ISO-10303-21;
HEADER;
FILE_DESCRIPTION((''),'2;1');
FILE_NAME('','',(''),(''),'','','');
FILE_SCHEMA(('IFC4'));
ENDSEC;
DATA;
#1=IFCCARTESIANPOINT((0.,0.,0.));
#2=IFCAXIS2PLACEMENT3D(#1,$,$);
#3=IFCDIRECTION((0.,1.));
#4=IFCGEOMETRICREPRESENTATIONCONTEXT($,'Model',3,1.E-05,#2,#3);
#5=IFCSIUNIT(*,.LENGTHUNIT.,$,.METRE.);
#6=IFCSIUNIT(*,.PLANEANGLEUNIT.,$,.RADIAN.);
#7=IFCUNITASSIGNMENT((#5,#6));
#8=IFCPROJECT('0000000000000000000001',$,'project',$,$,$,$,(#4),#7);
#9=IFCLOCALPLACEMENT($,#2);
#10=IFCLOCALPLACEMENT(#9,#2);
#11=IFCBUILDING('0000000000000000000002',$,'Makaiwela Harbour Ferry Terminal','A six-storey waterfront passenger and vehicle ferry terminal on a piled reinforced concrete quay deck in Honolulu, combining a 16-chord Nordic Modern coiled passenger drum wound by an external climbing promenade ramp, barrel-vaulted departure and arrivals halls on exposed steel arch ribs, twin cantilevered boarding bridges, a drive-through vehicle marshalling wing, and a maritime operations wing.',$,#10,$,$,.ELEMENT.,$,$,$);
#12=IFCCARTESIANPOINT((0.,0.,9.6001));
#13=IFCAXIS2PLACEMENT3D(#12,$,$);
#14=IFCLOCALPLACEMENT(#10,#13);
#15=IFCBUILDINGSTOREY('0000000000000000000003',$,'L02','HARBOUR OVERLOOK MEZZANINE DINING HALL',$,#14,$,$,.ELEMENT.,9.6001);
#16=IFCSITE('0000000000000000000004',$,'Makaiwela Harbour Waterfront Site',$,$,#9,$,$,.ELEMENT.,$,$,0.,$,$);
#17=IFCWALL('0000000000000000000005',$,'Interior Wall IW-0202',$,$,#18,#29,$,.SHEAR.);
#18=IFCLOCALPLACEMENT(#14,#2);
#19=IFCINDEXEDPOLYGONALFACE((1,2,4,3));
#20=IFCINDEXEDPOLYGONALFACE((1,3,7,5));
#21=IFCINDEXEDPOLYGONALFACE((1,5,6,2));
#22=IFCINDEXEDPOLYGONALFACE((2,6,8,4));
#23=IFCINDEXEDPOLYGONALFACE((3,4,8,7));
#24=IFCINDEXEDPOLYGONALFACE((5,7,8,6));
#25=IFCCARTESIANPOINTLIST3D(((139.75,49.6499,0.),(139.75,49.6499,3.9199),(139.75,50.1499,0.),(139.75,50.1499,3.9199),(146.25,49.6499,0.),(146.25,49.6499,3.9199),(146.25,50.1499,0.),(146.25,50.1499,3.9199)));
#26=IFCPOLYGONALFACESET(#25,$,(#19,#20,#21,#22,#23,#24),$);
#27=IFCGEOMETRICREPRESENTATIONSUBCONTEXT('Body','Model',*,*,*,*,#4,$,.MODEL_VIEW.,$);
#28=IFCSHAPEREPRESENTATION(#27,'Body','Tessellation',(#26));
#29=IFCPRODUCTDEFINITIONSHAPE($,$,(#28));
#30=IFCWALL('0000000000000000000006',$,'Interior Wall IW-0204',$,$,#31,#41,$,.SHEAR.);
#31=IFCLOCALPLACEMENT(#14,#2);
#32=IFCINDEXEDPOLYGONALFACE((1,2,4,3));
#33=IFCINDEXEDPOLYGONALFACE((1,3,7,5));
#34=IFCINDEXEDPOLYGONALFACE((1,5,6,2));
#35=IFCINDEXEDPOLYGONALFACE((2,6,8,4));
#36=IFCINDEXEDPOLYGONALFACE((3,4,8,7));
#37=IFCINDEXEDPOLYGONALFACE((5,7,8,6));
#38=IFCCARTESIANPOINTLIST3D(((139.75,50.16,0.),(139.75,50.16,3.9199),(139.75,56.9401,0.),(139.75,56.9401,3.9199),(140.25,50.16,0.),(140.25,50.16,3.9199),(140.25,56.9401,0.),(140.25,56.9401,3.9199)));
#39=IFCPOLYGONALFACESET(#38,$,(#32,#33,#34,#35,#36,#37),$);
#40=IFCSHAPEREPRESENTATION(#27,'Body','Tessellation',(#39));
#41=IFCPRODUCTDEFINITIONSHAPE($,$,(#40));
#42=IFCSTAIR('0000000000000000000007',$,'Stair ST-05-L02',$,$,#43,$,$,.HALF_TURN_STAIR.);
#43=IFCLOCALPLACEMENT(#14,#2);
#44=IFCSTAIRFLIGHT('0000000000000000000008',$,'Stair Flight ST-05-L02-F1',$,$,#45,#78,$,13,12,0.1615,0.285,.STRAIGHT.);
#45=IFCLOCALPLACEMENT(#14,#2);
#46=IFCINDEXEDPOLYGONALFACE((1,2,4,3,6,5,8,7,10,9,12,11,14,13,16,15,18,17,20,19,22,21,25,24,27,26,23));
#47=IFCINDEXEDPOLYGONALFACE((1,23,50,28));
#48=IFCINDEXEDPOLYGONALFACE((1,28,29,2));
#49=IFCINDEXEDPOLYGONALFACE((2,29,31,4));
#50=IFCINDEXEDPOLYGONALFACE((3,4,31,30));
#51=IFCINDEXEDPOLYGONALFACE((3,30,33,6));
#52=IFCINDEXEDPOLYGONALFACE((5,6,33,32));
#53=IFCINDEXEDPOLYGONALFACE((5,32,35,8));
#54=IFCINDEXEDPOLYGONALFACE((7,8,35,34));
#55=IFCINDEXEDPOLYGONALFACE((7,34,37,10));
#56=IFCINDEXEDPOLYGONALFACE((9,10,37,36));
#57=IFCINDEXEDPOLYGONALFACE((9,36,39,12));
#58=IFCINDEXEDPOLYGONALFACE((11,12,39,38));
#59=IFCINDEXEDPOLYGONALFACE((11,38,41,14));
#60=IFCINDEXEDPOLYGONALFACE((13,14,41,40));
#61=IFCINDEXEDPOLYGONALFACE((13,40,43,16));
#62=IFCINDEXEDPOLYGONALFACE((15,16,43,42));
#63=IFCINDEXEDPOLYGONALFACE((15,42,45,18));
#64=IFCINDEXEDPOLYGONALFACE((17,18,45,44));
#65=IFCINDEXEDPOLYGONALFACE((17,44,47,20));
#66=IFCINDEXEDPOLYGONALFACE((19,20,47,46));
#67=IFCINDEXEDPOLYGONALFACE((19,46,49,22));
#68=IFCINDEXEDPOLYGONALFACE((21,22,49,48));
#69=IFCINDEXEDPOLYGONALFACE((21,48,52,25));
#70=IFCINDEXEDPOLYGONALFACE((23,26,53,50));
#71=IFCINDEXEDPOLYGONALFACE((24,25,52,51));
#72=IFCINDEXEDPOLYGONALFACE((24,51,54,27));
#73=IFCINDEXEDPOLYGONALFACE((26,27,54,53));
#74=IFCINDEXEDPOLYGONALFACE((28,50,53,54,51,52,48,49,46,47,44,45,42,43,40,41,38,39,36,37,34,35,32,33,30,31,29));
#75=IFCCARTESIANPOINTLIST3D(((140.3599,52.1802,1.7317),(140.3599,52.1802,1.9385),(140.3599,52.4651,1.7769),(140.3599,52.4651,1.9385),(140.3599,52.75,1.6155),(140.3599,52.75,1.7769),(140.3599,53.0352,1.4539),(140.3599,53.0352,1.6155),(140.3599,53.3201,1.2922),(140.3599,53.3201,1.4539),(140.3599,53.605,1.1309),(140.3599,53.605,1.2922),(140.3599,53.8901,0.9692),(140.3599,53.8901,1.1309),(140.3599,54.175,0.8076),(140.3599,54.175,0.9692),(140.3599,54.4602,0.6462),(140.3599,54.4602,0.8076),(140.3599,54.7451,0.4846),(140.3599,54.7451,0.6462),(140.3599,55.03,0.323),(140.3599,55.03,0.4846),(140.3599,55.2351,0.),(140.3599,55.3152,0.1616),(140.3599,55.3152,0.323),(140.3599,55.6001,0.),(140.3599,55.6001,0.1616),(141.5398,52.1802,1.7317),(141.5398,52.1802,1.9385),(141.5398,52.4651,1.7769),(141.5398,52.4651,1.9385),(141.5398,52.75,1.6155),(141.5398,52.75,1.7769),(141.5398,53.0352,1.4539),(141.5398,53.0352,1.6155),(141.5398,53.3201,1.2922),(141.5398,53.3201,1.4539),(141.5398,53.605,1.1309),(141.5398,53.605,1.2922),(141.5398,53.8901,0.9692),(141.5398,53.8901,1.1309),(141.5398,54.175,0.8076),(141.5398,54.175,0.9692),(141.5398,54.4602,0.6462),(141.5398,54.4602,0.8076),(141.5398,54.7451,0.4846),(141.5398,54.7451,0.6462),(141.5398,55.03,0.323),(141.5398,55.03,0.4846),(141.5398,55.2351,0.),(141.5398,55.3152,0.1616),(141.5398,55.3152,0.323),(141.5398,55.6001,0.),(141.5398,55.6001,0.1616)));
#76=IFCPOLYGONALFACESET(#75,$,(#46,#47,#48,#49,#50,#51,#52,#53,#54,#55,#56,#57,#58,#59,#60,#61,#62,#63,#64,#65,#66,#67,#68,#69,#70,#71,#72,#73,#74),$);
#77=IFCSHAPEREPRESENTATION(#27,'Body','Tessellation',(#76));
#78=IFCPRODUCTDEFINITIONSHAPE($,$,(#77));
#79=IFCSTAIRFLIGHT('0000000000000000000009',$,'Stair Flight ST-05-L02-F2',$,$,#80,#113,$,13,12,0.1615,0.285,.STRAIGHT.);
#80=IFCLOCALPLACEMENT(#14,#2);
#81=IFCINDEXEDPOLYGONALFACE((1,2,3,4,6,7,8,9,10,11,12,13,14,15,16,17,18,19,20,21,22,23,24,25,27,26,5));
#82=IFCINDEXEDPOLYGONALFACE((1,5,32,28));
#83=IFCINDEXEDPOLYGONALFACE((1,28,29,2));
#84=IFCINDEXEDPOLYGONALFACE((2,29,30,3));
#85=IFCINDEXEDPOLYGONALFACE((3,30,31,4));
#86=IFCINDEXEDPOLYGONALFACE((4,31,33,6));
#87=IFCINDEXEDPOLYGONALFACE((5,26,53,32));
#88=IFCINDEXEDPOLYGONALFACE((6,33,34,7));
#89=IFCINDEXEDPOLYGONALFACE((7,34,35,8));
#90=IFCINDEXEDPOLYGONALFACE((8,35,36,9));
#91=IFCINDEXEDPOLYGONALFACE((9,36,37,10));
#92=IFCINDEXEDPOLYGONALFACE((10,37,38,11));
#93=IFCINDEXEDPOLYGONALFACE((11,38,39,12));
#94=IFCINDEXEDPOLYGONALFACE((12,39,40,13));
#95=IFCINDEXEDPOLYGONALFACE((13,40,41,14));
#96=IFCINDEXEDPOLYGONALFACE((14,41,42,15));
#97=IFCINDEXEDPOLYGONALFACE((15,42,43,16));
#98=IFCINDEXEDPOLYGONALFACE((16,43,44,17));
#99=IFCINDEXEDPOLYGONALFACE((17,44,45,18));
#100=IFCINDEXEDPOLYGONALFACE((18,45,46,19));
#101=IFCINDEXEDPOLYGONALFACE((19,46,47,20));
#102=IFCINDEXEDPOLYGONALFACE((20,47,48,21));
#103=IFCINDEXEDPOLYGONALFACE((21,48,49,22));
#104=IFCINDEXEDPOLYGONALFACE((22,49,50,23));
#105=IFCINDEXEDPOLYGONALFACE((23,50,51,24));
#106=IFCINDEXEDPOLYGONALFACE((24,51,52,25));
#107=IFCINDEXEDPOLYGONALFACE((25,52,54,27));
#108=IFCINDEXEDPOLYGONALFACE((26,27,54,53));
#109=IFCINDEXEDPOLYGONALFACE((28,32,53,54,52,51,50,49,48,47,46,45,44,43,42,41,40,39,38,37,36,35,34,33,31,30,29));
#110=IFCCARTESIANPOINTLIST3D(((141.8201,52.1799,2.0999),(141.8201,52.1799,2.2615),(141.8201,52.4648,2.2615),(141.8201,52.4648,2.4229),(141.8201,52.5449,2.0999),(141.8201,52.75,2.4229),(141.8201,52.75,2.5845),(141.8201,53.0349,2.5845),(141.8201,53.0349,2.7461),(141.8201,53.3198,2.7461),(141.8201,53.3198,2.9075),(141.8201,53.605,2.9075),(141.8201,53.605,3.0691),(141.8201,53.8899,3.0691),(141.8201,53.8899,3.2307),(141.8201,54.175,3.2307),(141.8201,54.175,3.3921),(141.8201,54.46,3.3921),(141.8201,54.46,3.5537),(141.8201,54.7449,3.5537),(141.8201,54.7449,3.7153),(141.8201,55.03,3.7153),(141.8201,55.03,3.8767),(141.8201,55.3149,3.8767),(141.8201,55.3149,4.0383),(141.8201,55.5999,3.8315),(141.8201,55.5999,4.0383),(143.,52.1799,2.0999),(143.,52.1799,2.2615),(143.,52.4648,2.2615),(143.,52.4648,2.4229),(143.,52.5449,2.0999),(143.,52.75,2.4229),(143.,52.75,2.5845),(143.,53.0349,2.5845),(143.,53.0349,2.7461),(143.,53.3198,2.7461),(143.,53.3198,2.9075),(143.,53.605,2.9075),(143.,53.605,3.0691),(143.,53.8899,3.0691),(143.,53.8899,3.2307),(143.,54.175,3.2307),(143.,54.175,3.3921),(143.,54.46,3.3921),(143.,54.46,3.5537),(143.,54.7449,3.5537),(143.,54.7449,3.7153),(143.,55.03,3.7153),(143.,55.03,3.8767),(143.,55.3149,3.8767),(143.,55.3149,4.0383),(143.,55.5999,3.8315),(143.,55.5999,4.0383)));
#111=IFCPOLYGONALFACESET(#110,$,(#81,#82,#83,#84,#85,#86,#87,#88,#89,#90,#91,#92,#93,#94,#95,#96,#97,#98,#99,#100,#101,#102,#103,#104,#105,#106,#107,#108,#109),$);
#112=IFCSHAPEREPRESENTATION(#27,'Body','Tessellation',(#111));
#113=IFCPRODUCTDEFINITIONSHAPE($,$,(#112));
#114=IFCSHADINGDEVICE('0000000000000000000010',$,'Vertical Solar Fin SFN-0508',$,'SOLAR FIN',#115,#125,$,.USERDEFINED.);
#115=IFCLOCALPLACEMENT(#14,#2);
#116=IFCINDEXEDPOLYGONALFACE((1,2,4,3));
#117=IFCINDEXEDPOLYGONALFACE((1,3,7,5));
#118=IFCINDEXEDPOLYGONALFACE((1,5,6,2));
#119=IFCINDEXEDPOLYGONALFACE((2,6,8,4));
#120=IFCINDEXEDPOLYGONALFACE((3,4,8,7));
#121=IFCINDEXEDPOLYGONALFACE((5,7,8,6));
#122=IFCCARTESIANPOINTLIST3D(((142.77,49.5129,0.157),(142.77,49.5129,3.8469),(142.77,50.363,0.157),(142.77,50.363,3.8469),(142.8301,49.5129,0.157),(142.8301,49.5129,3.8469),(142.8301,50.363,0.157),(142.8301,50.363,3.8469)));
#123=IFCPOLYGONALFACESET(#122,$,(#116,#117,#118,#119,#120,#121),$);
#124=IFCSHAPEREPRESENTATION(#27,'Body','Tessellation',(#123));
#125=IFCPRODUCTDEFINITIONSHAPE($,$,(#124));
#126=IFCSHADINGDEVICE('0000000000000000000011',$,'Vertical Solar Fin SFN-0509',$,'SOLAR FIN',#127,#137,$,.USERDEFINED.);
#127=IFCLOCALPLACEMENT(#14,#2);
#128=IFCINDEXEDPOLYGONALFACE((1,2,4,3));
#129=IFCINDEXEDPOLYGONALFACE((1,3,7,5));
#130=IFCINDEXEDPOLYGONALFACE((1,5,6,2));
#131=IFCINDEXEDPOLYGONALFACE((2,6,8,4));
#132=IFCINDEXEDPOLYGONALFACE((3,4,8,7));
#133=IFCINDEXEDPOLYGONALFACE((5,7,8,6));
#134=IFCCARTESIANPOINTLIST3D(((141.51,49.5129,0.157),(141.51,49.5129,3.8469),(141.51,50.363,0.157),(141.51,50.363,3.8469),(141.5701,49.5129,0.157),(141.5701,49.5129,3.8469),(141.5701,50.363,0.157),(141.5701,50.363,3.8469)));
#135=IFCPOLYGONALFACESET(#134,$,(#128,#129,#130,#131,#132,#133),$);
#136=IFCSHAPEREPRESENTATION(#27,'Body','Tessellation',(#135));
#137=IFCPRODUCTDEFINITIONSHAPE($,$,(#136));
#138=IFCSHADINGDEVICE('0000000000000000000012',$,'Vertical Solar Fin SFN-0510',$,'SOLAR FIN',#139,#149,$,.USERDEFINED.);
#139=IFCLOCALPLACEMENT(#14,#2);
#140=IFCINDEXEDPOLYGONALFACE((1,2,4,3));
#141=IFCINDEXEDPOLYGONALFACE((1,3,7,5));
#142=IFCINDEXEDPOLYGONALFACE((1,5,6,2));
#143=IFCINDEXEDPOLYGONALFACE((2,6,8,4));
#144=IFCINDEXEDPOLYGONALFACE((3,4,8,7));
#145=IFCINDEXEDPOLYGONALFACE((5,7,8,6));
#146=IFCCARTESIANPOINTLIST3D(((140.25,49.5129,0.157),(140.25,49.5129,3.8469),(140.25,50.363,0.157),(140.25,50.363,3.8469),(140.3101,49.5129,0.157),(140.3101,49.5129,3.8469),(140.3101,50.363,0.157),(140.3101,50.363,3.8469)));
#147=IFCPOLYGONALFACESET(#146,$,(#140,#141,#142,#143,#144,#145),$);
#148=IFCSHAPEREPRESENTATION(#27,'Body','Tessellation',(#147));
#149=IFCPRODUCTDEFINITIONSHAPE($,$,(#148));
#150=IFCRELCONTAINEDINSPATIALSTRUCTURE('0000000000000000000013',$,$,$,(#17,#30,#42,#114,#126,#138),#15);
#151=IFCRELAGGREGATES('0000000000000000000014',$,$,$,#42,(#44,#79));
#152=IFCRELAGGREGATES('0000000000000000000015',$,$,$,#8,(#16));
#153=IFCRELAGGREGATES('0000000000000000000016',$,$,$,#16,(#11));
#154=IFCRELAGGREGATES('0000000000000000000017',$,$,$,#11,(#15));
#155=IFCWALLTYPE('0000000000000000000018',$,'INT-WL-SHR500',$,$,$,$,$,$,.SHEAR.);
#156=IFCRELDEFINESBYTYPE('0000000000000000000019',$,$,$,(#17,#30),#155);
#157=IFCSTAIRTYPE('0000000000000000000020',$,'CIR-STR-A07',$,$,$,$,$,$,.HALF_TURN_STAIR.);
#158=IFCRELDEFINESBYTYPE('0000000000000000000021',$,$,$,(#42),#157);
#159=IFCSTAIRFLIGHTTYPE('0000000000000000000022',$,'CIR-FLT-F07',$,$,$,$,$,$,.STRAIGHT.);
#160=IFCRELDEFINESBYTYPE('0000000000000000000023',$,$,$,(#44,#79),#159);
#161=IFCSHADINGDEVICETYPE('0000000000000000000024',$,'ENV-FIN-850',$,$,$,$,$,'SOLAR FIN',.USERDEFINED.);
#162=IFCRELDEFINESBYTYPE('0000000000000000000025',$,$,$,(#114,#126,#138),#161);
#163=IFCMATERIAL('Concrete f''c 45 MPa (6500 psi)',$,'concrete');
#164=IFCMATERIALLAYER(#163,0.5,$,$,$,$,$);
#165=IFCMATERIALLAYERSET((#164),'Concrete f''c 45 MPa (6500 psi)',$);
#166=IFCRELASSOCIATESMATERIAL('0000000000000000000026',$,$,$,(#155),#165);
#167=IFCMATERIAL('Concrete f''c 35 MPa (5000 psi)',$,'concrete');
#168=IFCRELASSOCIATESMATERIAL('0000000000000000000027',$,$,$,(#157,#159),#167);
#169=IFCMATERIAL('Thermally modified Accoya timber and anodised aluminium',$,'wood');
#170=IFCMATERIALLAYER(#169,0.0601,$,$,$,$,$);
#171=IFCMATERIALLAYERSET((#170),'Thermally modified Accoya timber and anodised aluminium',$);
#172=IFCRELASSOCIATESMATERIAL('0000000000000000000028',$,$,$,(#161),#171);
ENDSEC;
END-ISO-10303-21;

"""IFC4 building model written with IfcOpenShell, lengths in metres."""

from ifc_helpers import new_model, si_unit, direction, frame, frame_2d, origin, origin_2d, place, context, subcontext, project, spatial, polyline, rectangle, outline, extrude, material, layer, layer_set, type_object, element, aggregate, save


model = new_model("IFC4")

# Units and contexts
model_context = context("Model", 3, precision=1e-05, world=origin(), true_north=direction((0.0, 1.0)))
body_context = subcontext(model_context, "Body", "Model", "MODEL_VIEW")
ifc_project = project(units=[si_unit("LENGTHUNIT", "METRE"), si_unit("PLANEANGLEUNIT", "RADIAN")], contexts=[model_context])

# Site, building, storey
site_placement = place(None, origin())
site = spatial("IfcSite", under=ifc_project, at=site_placement, Name="Makaiwela Harbour Waterfront Site", CompositionType="ELEMENT", RefElevation=0.0)
building_placement = place(site_placement, origin())
building = spatial("IfcBuilding", under=site, at=building_placement, Name="Makaiwela Harbour Ferry Terminal", Description="A six-storey waterfront passenger and vehicle ferry terminal on a piled reinforced concrete quay deck in Honolulu, combining a 16-chord Nordic Modern coiled passenger drum wound by an external climbing promenade ramp, barrel-vaulted departure and arrivals halls on exposed steel arch ribs, twin cantilevered boarding bridges, a drive-through vehicle marshalling wing, and a maritime operations wing.", CompositionType="ELEMENT")
storey_placement = place(building_placement, frame((0.0, 0.0, 9.6001)))
storey = spatial("IfcBuildingStorey", under=building, at=storey_placement, Name="L02", Description="HARBOUR OVERLOOK MEZZANINE DINING HALL", CompositionType="ELEMENT", Elevation=9.6001)

# Wall
ifc_material_1 = material(Name="Concrete f'c 45 MPa (6500 psi)", Category="concrete")
ifc_layer_1 = layer(ifc_material_1, 0.5)
ifc_layer_set_1 = layer_set([ifc_layer_1], Name="Concrete f'c 45 MPa (6500 psi)")
wall_type_1 = type_object("IfcWallType", Name="INT-WL-SHR500", PredefinedType="SHEAR", material=ifc_layer_set_1)
wall_1_placement = place(storey_placement, frame((139.75, 49.8999, 0.0), z_axis=(0.0, 0.0, 1.0), x_axis=(1.0, 0.0, 0.0)))
element("IfcWall", 1, at=wall_1_placement, inside=storey, type_object=wall_type_1, Name="Interior Wall IW-0202", PredefinedType="SHEAR", context=body_context, shape_type="SweptSolid", body=[
    extrude(rectangle(XDim=6.5, YDim=0.5, at=frame_2d((3.25, 0.0))), origin(), (0.0, 0.0, 1.0), 3.9199),
])

# Wall
wall_2_placement = place(storey_placement, frame((140.0, 50.1599, 0.0), z_axis=(0.0, 0.0, 1.0), x_axis=(0.0, 1.0, 0.0)))
element("IfcWall", 2, at=wall_2_placement, inside=storey, type_object=wall_type_1, Name="Interior Wall IW-0204", PredefinedType="SHEAR", context=body_context, shape_type="SweptSolid", body=[
    extrude(rectangle(XDim=6.78, YDim=0.5, at=frame_2d((3.3901, 0.0))), origin(), (0.0, 0.0, 1.0), 3.9199),
])

# Stair, stair flights
ifc_material_2 = material(Name="Concrete f'c 35 MPa (5000 psi)", Category="concrete")
stair_type = type_object("IfcStairType", Name="CIR-STR-A07", PredefinedType="HALF_TURN_STAIR", material=ifc_material_2)
stair_placement = place(storey_placement, origin())
stair = element("IfcStair", 3, at=stair_placement, inside=storey, type_object=stair_type, Name="Stair ST-05-L02", PredefinedType="HALF_TURN_STAIR")
stair_flight_type = type_object("IfcStairFlightType", Name="CIR-FLT-F07", PredefinedType="STRAIGHT", material=ifc_material_2)
stair_flight_1_placement = place(storey_placement, frame((140.95, 55.6001, 0.0), z_axis=(0.0, 0.0, 1.0), x_axis=(0.0, -1.0, 0.0)))
stair_flight_1 = element("IfcStairFlight", 4, at=stair_flight_1_placement, type_object=stair_flight_type, Name="Stair Flight ST-05-L02-F1", NumberOfRisers=13, NumberOfTreads=12, PredefinedType="STRAIGHT", RiserHeight=0.1615, TreadLength=0.285, context=body_context, shape_type="SweptSolid", body=[
    extrude(outline(polyline([(0.0, 0.0), (0.0, 0.1616), (0.2849, 0.1616), (0.2849, 0.323), (0.5701, 0.323), (0.5701, 0.4846), (0.855, 0.4846), (0.855, 0.6462), (1.1399, 0.6462), (1.1399, 0.8076), (1.425, 0.8076), (1.425, 0.9692), (1.71, 0.9692), (1.71, 1.1309), (1.9951, 1.1309), (1.9951, 1.2922), (2.28, 1.2922), (2.28, 1.4539), (2.5649, 1.4539), (2.5649, 1.6155), (2.8501, 1.6155), (2.8501, 1.7769), (3.135, 1.7769), (3.135, 1.9385), (3.4199, 1.9385), (3.4199, 2.1001), (3.4199, 1.7317), (0.365, 0.0), (0.0, 0.0)])), frame((0.0, 0.5898, 0.0), z_axis=(0.0, -1.0, 0.0), x_axis=(1.0, 0.0, 0.0)), (0.0, 0.0, 1.0), 1.1799),
])
stair_flight_2_placement = place(storey_placement, frame((142.4099, 52.1799, 2.0999), z_axis=(0.0, 0.0, 1.0), x_axis=(0.0, 1.0, 0.0)))
stair_flight_2 = element("IfcStairFlight", 5, at=stair_flight_2_placement, type_object=stair_flight_type, Name="Stair Flight ST-05-L02-F2", NumberOfRisers=13, NumberOfTreads=12, PredefinedType="STRAIGHT", RiserHeight=0.1615, TreadLength=0.285, context=body_context, shape_type="SweptSolid", body=[
    extrude(outline(polyline([(0.0, 0.0), (0.0, 0.1616), (0.2849, 0.1616), (0.2849, 0.323), (0.5701, 0.323), (0.5701, 0.4846), (0.855, 0.4846), (0.855, 0.6462), (1.1399, 0.6462), (1.1399, 0.8076), (1.425, 0.8076), (1.425, 0.9692), (1.71, 0.9692), (1.71, 1.1309), (1.9951, 1.1309), (1.9951, 1.2922), (2.28, 1.2922), (2.28, 1.4539), (2.5649, 1.4539), (2.5649, 1.6155), (2.8501, 1.6155), (2.8501, 1.7769), (3.135, 1.7769), (3.135, 1.9385), (3.4199, 1.9385), (3.4199, 2.1001), (3.4199, 1.7317), (0.365, 0.0), (0.0, 0.0)])), frame((0.0, 0.5898, 0.0), z_axis=(0.0, -1.0, 0.0), x_axis=(1.0, 0.0, 0.0)), (0.0, 0.0, 1.0), 1.1799),
])
aggregate(stair, [stair_flight_1, stair_flight_2])

# Shading devices
ifc_material_3 = material(Name="Thermally modified Accoya timber and anodised aluminium", Category="wood")
ifc_layer_2 = layer(ifc_material_3, 0.0601)
ifc_layer_set_2 = layer_set([ifc_layer_2], Name="Thermally modified Accoya timber and anodised aluminium")
shading_device_type = type_object("IfcShadingDeviceType", Name="ENV-FIN-850", ElementType="SOLAR FIN", PredefinedType="USERDEFINED", material=ifc_layer_set_2)
for number, where, z_axis, x_axis, name in (
    (6, (142.8, 49.938, 0.157), (0.0, 0.0, 1.0), (0.0, 1.0, 0.0), "Vertical Solar Fin SFN-0508"),
    (7, (141.54, 49.938, 0.157), (0.0, 0.0, 1.0), (0.0, 1.0, 0.0), "Vertical Solar Fin SFN-0509"),
    (8, (140.28, 49.938, 0.157), (0.0, 0.0, 1.0), (0.0, 1.0, 0.0), "Vertical Solar Fin SFN-0510"),
):
    element("IfcShadingDevice", number, at=place(storey_placement, frame(where, z_axis=z_axis, x_axis=x_axis)), inside=storey, type_object=shading_device_type, Name=name, ObjectType="SOLAR FIN", PredefinedType="USERDEFINED", context=body_context, shape_type="SweptSolid", body=[
        extrude(rectangle(XDim=0.8501, YDim=0.0601, at=origin_2d()), origin(), (0.0, 0.0, 1.0), 3.6899),
    ])

save(model, "model.ifc")
